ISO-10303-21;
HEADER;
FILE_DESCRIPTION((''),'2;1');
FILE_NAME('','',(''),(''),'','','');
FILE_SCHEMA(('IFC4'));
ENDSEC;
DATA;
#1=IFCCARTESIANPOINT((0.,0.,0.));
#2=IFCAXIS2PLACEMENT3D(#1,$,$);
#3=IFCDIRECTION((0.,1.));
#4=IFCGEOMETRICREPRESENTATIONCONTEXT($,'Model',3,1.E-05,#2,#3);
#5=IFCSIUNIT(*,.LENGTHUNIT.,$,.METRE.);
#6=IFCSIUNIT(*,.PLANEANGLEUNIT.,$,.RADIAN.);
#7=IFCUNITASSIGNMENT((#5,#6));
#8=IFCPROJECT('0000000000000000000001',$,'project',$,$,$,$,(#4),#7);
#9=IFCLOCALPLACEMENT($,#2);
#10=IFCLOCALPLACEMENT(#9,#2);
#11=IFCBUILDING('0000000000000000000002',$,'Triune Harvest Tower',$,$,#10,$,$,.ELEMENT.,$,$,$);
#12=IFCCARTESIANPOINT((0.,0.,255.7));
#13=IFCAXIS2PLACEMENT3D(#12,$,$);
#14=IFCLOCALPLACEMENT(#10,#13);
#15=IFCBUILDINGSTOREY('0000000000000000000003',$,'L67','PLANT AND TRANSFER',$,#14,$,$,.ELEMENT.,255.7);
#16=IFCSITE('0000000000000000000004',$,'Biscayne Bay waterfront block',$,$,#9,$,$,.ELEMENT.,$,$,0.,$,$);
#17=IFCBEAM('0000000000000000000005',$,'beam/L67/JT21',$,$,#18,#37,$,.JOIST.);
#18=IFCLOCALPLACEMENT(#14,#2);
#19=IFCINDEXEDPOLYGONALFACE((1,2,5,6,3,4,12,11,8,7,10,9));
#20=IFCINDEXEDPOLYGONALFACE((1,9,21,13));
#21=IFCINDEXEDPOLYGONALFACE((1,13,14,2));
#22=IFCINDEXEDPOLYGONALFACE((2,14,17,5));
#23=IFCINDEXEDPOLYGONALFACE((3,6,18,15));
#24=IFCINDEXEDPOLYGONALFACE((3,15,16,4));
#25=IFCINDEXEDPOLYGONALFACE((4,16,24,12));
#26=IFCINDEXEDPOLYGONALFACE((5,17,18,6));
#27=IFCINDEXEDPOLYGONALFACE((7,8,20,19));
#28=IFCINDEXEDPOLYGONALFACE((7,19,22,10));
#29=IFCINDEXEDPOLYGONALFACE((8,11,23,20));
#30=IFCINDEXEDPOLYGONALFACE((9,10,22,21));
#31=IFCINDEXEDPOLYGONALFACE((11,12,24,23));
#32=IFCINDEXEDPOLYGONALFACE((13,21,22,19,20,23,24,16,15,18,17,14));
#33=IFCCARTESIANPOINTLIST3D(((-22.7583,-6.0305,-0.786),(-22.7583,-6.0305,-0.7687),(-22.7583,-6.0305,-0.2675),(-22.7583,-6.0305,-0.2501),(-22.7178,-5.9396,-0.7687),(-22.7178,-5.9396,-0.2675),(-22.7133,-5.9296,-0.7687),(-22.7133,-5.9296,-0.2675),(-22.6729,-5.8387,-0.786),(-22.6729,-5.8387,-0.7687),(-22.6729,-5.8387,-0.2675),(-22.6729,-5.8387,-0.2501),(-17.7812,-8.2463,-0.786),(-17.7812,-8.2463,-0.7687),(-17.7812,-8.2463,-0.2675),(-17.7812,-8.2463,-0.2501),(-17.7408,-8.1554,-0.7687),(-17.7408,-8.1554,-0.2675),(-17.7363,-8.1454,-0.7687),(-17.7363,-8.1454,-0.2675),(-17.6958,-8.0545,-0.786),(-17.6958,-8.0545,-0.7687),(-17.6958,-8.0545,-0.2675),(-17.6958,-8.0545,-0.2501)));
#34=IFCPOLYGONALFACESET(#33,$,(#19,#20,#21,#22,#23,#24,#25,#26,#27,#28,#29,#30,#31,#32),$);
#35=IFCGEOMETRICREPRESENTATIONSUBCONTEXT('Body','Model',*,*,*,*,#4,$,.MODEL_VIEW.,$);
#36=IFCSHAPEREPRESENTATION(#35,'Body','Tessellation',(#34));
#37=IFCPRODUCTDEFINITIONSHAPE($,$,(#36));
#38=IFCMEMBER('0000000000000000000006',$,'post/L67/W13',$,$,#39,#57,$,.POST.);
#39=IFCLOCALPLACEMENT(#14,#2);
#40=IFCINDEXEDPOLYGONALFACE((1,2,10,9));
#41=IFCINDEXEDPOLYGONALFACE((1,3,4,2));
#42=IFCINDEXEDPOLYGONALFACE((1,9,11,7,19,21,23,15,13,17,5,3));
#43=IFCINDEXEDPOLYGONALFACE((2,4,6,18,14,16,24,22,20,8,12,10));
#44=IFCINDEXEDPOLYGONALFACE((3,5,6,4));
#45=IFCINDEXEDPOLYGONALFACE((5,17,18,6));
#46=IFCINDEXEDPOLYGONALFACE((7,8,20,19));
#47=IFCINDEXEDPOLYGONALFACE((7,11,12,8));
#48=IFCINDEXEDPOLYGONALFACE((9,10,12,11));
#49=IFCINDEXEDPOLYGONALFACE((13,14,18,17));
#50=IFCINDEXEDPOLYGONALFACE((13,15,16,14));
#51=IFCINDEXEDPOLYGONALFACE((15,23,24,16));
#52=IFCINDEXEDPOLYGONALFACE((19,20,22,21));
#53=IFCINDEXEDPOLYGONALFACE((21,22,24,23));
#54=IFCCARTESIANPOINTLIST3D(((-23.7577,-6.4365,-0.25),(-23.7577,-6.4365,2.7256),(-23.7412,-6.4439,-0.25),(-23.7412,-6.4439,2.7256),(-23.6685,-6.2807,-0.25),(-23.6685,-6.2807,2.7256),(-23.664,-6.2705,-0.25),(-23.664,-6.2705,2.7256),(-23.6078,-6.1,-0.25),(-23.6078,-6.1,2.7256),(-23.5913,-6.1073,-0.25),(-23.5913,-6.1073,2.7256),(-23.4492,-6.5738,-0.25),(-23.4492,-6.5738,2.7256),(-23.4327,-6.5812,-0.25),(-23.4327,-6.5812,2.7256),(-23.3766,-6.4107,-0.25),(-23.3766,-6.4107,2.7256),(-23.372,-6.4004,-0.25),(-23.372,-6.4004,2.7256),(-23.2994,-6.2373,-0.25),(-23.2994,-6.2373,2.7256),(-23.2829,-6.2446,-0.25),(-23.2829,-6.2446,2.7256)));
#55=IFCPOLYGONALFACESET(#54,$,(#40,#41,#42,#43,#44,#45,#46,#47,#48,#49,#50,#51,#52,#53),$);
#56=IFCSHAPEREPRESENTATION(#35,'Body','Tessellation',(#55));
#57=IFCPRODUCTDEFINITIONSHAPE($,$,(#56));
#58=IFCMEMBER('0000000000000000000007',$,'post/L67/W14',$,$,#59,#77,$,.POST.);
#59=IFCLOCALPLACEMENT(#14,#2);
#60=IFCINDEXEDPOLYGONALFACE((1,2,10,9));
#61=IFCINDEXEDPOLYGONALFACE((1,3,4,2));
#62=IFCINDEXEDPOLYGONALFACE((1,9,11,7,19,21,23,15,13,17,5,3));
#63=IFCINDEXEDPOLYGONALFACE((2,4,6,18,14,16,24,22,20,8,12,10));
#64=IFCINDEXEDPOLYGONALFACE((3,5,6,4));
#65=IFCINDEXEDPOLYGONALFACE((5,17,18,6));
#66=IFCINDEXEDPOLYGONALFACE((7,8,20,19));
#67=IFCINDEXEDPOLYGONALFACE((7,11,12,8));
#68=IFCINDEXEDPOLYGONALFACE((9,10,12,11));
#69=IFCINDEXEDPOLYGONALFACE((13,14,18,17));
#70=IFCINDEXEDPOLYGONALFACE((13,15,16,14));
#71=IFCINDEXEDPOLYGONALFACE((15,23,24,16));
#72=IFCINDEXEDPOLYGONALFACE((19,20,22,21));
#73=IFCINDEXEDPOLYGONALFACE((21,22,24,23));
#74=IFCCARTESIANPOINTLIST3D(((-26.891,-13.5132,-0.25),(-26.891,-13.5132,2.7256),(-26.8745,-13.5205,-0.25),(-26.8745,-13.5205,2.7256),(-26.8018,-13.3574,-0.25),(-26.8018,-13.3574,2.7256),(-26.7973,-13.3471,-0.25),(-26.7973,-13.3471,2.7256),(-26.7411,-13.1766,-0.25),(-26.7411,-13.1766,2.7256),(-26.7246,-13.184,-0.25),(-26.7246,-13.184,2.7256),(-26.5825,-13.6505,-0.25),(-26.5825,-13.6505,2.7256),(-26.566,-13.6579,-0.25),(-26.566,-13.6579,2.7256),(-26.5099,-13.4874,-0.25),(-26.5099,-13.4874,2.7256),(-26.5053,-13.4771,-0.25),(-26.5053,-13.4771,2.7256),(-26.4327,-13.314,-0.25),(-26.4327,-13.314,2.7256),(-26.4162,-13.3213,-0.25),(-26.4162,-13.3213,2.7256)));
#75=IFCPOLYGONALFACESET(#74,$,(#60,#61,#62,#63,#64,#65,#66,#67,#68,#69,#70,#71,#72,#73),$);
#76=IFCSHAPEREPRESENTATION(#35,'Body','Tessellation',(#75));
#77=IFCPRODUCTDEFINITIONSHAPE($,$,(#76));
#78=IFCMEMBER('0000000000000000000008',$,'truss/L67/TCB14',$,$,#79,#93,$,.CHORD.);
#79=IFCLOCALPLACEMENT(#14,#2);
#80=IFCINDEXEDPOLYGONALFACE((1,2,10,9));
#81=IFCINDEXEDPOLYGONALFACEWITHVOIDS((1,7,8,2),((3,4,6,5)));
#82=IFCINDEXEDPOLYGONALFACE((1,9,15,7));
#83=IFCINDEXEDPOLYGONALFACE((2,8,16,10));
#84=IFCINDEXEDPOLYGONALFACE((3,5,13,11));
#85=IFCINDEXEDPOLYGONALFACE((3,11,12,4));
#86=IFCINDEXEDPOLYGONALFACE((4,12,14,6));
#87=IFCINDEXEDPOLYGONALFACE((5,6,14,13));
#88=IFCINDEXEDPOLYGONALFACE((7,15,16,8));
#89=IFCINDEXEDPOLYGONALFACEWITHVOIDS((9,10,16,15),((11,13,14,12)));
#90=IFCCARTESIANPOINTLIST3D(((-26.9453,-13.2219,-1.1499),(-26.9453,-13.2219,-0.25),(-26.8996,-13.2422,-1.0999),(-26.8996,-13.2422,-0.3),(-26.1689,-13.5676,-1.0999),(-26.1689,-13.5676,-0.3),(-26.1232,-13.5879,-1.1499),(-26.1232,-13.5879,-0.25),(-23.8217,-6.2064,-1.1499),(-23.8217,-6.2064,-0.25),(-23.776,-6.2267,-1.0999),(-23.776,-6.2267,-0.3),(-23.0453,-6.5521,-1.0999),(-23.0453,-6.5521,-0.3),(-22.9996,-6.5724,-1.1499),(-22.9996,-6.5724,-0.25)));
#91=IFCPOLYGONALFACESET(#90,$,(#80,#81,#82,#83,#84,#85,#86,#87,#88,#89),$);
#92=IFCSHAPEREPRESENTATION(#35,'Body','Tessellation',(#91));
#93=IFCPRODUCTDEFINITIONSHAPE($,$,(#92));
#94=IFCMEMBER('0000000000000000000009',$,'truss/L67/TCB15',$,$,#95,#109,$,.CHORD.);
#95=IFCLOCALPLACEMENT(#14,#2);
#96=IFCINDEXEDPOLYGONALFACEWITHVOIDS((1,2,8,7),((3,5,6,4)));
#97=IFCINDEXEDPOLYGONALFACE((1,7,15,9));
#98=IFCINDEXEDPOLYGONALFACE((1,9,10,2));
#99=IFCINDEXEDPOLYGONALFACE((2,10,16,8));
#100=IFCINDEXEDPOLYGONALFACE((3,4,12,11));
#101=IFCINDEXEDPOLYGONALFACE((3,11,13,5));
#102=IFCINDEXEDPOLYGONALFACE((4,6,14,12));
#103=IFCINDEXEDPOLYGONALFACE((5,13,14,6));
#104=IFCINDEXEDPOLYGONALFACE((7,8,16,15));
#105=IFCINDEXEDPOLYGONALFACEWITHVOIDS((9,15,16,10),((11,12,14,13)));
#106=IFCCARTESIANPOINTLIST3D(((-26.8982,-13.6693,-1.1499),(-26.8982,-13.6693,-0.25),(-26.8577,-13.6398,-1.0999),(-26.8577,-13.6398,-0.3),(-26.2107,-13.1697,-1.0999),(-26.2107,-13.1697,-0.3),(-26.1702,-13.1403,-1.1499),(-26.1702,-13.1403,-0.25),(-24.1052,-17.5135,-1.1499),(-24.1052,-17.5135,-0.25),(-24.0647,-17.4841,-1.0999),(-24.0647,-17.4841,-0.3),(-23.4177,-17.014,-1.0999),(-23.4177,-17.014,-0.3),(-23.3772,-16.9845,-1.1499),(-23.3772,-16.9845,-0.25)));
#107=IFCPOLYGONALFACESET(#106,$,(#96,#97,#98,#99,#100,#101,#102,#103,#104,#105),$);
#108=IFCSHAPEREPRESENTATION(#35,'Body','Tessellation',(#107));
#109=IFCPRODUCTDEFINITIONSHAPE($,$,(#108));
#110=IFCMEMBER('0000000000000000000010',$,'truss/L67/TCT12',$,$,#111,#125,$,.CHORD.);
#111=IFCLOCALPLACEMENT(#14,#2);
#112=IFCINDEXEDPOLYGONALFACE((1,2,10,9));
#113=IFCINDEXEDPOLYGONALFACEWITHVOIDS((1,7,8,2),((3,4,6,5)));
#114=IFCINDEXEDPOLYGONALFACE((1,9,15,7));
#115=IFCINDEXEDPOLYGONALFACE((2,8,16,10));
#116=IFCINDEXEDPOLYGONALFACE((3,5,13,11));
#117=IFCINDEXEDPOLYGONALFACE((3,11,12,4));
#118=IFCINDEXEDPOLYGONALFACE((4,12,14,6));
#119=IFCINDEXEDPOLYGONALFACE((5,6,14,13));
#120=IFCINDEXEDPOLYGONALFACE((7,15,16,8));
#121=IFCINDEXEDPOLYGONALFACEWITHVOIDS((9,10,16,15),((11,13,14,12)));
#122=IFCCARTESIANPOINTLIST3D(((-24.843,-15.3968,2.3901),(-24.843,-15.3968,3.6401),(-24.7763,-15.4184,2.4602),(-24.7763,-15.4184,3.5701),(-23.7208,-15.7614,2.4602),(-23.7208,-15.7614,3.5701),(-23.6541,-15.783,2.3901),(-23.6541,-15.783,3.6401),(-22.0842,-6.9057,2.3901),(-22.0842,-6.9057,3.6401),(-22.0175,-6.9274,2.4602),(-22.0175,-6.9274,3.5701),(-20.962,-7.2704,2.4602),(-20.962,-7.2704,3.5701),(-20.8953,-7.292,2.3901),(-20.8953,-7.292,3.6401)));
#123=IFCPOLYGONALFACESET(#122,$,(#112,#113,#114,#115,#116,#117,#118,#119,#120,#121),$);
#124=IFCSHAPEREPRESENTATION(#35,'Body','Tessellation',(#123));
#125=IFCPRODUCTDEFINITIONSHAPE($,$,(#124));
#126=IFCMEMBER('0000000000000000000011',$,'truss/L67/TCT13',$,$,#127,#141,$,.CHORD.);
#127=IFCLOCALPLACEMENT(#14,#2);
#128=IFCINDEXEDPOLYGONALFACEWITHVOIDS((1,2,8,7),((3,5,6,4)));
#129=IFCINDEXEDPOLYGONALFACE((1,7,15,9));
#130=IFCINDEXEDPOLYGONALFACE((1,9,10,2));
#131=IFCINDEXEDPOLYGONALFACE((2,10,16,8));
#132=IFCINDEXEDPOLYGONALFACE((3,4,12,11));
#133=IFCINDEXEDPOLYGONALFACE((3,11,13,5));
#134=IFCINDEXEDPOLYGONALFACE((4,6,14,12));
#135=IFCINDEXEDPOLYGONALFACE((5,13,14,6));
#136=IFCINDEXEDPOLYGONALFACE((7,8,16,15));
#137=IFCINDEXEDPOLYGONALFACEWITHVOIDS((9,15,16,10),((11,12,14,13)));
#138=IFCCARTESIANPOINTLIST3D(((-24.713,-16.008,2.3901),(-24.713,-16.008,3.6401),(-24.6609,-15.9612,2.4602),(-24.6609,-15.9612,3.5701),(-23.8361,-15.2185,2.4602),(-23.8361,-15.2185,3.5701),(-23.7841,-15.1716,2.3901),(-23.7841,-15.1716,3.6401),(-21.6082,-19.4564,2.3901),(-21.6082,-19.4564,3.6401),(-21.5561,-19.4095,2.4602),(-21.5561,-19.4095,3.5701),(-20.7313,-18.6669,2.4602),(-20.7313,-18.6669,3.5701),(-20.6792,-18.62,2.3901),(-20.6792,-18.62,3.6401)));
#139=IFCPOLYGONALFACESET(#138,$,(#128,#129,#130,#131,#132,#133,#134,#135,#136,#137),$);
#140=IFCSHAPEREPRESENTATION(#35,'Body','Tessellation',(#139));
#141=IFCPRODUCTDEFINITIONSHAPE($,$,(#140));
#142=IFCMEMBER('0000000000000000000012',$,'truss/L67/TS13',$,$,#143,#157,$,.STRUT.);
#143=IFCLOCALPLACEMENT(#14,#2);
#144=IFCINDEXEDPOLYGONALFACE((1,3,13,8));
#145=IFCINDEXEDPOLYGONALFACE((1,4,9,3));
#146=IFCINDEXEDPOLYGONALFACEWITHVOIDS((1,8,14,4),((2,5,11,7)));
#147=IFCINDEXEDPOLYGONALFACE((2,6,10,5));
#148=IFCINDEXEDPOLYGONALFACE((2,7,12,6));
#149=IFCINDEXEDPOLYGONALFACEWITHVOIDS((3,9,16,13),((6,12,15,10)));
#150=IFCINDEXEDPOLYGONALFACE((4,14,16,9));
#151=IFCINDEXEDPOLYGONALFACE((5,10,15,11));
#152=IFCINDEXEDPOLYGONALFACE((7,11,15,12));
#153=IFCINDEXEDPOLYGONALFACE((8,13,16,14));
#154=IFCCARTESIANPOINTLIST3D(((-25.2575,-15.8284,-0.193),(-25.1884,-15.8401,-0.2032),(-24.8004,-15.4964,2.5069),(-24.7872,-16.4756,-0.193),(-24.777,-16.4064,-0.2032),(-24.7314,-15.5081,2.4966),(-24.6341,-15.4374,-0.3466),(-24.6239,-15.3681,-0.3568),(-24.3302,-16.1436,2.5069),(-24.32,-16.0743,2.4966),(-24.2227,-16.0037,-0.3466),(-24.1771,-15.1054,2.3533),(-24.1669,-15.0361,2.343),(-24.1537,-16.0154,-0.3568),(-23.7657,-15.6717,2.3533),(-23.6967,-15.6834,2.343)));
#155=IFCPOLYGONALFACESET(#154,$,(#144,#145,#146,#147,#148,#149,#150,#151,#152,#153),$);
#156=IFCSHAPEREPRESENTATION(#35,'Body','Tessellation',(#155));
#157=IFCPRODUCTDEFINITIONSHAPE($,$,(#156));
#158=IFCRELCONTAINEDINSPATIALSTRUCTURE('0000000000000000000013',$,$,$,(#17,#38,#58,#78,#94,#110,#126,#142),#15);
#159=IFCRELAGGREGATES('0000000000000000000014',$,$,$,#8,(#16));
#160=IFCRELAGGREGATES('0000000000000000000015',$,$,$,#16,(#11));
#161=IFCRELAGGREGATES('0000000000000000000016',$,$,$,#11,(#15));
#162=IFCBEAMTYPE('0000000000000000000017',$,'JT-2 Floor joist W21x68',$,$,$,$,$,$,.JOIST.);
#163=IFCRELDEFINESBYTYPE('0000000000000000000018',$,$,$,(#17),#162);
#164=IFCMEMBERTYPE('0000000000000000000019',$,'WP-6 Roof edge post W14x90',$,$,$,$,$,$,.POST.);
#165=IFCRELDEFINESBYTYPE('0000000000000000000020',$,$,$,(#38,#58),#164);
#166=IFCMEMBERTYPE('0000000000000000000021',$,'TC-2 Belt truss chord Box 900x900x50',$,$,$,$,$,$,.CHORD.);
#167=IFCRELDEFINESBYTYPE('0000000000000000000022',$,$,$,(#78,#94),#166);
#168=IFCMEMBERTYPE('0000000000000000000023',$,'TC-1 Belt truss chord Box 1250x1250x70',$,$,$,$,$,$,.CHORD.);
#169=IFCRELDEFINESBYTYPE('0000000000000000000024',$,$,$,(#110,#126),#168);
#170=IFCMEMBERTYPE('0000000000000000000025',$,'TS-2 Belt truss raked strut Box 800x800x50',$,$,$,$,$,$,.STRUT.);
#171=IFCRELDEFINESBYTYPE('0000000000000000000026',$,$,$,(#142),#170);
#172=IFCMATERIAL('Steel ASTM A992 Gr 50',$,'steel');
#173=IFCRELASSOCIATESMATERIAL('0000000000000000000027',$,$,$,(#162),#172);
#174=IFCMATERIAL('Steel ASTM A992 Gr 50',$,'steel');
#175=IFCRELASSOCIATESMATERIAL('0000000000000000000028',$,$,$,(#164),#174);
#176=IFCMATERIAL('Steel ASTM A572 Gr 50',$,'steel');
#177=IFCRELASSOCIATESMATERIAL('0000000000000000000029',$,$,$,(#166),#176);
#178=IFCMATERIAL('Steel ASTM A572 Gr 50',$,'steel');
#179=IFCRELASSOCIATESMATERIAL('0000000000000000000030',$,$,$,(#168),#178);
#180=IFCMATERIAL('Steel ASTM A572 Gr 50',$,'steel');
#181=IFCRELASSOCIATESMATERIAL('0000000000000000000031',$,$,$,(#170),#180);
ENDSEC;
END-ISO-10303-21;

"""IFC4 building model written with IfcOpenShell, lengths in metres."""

from ifc_helpers import new_model, si_unit, direction, frame, origin, origin_2d, place, context, subcontext, project, spatial, hollow_rectangle, i_section, extrude, source, transform, mapped, material, material_profile, profile_set, type_object, element, save


model = new_model("IFC4")

# Units and contexts
model_context = context("Model", 3, precision=1e-05, world=origin(), true_north=direction((0.0, 1.0)))
body_context = subcontext(model_context, "Body", "Model", "MODEL_VIEW")
ifc_project = project(units=[si_unit("LENGTHUNIT", "METRE"), si_unit("PLANEANGLEUNIT", "RADIAN")], contexts=[model_context])

# Site, building, storey
site_placement = place(None, origin())
site = spatial("IfcSite", under=ifc_project, at=site_placement, Name="Biscayne Bay waterfront block", CompositionType="ELEMENT", RefElevation=0.0)
building_placement = place(site_placement, origin())
building = spatial("IfcBuilding", under=site, at=building_placement, Name="Triune Harvest Tower", CompositionType="ELEMENT")
storey_placement = place(building_placement, frame((0.0, 0.0, 255.7)))
storey = spatial("IfcBuildingStorey", under=building, at=storey_placement, Name="L67", Description="PLANT AND TRANSFER", CompositionType="ELEMENT", Elevation=255.7)

# Beam
ifc_material_1 = material(Name="Steel ASTM A992 Gr 50", Category="steel")
ifc_material_profile_1 = material_profile(ifc_material_1, i_section(OverallWidth=0.21, OverallDepth=0.5359, WebThickness=0.011, FlangeThickness=0.0173, at=origin_2d()), Name="W21x68")
ifc_profile_set_1 = profile_set([ifc_material_profile_1], Name="Steel ASTM A992 Gr 50")
beam_type_1 = type_object("IfcBeamType", Name="JT-2 Floor joist W21x68", PredefinedType="JOIST", material=ifc_profile_set_1)
shared_shape_1 = source(origin(), body_context, "Body", "SweptSolid", [
    extrude(i_section(OverallWidth=0.21, OverallDepth=0.5359, WebThickness=0.011, FlangeThickness=0.0173, at=origin_2d()), origin(), (0.0, 0.0, 1.0), 5.448),
])
beam_1_placement = place(storey_placement, frame((-22.7156, -5.9346, -0.5181), z_axis=(0.913553, -0.40672, 0.0), x_axis=(0.40672, 0.913553, 0.0)))
element("IfcBeam", 1, at=beam_1_placement, inside=storey, type_object=beam_type_1, Name="beam/L67/JT21", PredefinedType="JOIST", context=body_context, shape_type="MappedRepresentation", body=[
    mapped(shared_shape_1, transform((0.0, 0.0, 0.0), scale=1.0)),
])

# Members
ifc_material_2 = material(Name="Steel ASTM A992 Gr 50", Category="steel")
ifc_material_profile_2 = material_profile(ifc_material_2, i_section(OverallWidth=0.3684, OverallDepth=0.3557, WebThickness=0.0112, FlangeThickness=0.0181, at=origin_2d()), Name="W14x90")
ifc_profile_set_2 = profile_set([ifc_material_profile_2], Name="Steel ASTM A992 Gr 50")
member_type_1 = type_object("IfcMemberType", Name="WP-6 Roof edge post W14x90", PredefinedType="POST", material=ifc_profile_set_2)
shared_shape_2 = source(origin(), body_context, "Body", "SweptSolid", [
    extrude(i_section(OverallWidth=0.3684, OverallDepth=0.3557, WebThickness=0.0112, FlangeThickness=0.0181, at=origin_2d()), origin(), (0.0, 0.0, 1.0), 2.9756),
])
for number, where, z_axis, x_axis, name in (
    (2, (-23.5203, -6.3406, -0.25), (0.0, 0.0, 1.0), (-0.406738, -0.913545, 0.0), "post/L67/W13"),
    (3, (-26.6536, -13.4172, -0.25), (0.0, 0.0, 1.0), (-0.406738, -0.913545, 0.0), "post/L67/W14"),
):
    element("IfcMember", number, at=place(storey_placement, frame(where, z_axis=z_axis, x_axis=x_axis)), inside=storey, type_object=member_type_1, Name=name, PredefinedType="POST", context=body_context, shape_type="MappedRepresentation", body=[
        mapped(shared_shape_2, transform((0.0, 0.0, 0.0), scale=1.0)),
    ])
ifc_material_3 = material(Name="Steel ASTM A572 Gr 50", Category="steel")
ifc_material_profile_3 = material_profile(ifc_material_3, hollow_rectangle(XDim=0.8999, YDim=0.8999, WallThickness=0.05, at=origin_2d()), Name="Box 900x900x50")
ifc_profile_set_3 = profile_set([ifc_material_profile_3], Name="Steel ASTM A572 Gr 50")
member_type_2 = type_object("IfcMemberType", Name="TC-2 Belt truss chord Box 900x900x50", PredefinedType="CHORD", material=ifc_profile_set_3)
shared_shape_3 = source(origin(), body_context, "Body", "SweptSolid", [
    extrude(hollow_rectangle(XDim=0.8999, YDim=0.8999, WallThickness=0.05, at=origin_2d()), origin(), (0.0, 0.0, 1.0), 7.6794),
])
member_1_placement = place(storey_placement, frame((-23.4106, -6.3894, -0.7), z_axis=(-0.406746, -0.913541, 0.0), x_axis=(0.913541, -0.406746, 0.0)))
element("IfcMember", 4, at=member_1_placement, inside=storey, type_object=member_type_2, Name="truss/L67/TCB14", PredefinedType="CHORD", context=body_context, shape_type="MappedRepresentation", body=[
    mapped(shared_shape_3, transform((0.0, 0.0, 0.0), scale=1.0)),
])
shared_shape_4 = source(origin(), body_context, "Body", "SweptSolid", [
    extrude(hollow_rectangle(XDim=0.8999, YDim=0.8999, WallThickness=0.05, at=origin_2d()), origin(), (0.0, 0.0, 1.0), 4.7517),
])
member_2_placement = place(storey_placement, frame((-26.5342, -13.4048, -0.7), z_axis=(0.587781, -0.80902, 0.0), x_axis=(0.80902, 0.587781, 0.0)))
element("IfcMember", 5, at=member_2_placement, inside=storey, type_object=member_type_2, Name="truss/L67/TCB15", PredefinedType="CHORD", context=body_context, shape_type="MappedRepresentation", body=[
    mapped(shared_shape_4, transform((0.0, 0.0, 0.0), scale=1.0)),
])
ifc_material_4 = material(Name="Steel ASTM A572 Gr 50", Category="steel")
ifc_material_profile_4 = material_profile(ifc_material_4, hollow_rectangle(XDim=1.25, YDim=1.25, WallThickness=0.0701, at=origin_2d()), Name="Box 1250x1250x70")
ifc_profile_set_4 = profile_set([ifc_material_profile_4], Name="Steel ASTM A572 Gr 50")
member_type_3 = type_object("IfcMemberType", Name="TC-1 Belt truss chord Box 1250x1250x70", PredefinedType="CHORD", material=ifc_profile_set_4)
shared_shape_5 = source(origin(), body_context, "Body", "SweptSolid", [
    extrude(hollow_rectangle(XDim=1.25, YDim=1.25, WallThickness=0.0701, at=origin_2d()), origin(), (0.0, 0.0, 1.0), 8.928),
])
member_3_placement = place(storey_placement, frame((-21.4897, -7.0989, 3.0151), z_axis=(-0.309008, -0.95106, 0.0), x_axis=(0.95106, -0.309008, 0.0)))
element("IfcMember", 6, at=member_3_placement, inside=storey, type_object=member_type_3, Name="truss/L67/TCT12", PredefinedType="CHORD", context=body_context, shape_type="MappedRepresentation", body=[
    mapped(shared_shape_5, transform((0.0, 0.0, 0.0), scale=1.0)),
])
shared_shape_6 = source(origin(), body_context, "Body", "SweptSolid", [
    extrude(hollow_rectangle(XDim=1.25, YDim=1.25, WallThickness=0.0701, at=origin_2d()), origin(), (0.0, 0.0, 1.0), 4.6401),
])
member_4_placement = place(storey_placement, frame((-24.2485, -15.5898, 3.0151), z_axis=(0.669122, -0.743153, 0.0), x_axis=(0.743153, 0.669122, 0.0)))
element("IfcMember", 7, at=member_4_placement, inside=storey, type_object=member_type_3, Name="truss/L67/TCT13", PredefinedType="CHORD", context=body_context, shape_type="MappedRepresentation", body=[
    mapped(shared_shape_6, transform((0.0, 0.0, 0.0), scale=1.0)),
])
ifc_material_5 = material(Name="Steel ASTM A572 Gr 50", Category="steel")
ifc_material_profile_5 = material_profile(ifc_material_5, hollow_rectangle(XDim=0.8, YDim=0.8, WallThickness=0.05, at=origin_2d()), Name="Box 800x800x50")
ifc_profile_set_5 = profile_set([ifc_material_profile_5], Name="Steel ASTM A572 Gr 50")
member_type_4 = type_object("IfcMemberType", Name="TS-2 Belt truss raked strut Box 800x800x50", PredefinedType="STRUT", material=ifc_profile_set_5)
shared_shape_7 = source(origin(), body_context, "Body", "SweptSolid", [
    extrude(hollow_rectangle(XDim=0.8, YDim=0.8, WallThickness=0.05, at=origin_2d()), origin(), (0.0, 0.0, 1.0), 2.7583),
])
member_5_placement = place(storey_placement, frame((-24.7056, -15.9219, -0.2749), z_axis=(0.165686, 0.12037, 0.978805), x_axis=(-0.58776, 0.809035, 0.0)))
element("IfcMember", 8, at=member_5_placement, inside=storey, type_object=member_type_4, Name="truss/L67/TS13", PredefinedType="STRUT", context=body_context, shape_type="MappedRepresentation", body=[
    mapped(shared_shape_7, transform((0.0, 0.0, 0.0), scale=1.0)),
])

save(model, "model.ifc")
